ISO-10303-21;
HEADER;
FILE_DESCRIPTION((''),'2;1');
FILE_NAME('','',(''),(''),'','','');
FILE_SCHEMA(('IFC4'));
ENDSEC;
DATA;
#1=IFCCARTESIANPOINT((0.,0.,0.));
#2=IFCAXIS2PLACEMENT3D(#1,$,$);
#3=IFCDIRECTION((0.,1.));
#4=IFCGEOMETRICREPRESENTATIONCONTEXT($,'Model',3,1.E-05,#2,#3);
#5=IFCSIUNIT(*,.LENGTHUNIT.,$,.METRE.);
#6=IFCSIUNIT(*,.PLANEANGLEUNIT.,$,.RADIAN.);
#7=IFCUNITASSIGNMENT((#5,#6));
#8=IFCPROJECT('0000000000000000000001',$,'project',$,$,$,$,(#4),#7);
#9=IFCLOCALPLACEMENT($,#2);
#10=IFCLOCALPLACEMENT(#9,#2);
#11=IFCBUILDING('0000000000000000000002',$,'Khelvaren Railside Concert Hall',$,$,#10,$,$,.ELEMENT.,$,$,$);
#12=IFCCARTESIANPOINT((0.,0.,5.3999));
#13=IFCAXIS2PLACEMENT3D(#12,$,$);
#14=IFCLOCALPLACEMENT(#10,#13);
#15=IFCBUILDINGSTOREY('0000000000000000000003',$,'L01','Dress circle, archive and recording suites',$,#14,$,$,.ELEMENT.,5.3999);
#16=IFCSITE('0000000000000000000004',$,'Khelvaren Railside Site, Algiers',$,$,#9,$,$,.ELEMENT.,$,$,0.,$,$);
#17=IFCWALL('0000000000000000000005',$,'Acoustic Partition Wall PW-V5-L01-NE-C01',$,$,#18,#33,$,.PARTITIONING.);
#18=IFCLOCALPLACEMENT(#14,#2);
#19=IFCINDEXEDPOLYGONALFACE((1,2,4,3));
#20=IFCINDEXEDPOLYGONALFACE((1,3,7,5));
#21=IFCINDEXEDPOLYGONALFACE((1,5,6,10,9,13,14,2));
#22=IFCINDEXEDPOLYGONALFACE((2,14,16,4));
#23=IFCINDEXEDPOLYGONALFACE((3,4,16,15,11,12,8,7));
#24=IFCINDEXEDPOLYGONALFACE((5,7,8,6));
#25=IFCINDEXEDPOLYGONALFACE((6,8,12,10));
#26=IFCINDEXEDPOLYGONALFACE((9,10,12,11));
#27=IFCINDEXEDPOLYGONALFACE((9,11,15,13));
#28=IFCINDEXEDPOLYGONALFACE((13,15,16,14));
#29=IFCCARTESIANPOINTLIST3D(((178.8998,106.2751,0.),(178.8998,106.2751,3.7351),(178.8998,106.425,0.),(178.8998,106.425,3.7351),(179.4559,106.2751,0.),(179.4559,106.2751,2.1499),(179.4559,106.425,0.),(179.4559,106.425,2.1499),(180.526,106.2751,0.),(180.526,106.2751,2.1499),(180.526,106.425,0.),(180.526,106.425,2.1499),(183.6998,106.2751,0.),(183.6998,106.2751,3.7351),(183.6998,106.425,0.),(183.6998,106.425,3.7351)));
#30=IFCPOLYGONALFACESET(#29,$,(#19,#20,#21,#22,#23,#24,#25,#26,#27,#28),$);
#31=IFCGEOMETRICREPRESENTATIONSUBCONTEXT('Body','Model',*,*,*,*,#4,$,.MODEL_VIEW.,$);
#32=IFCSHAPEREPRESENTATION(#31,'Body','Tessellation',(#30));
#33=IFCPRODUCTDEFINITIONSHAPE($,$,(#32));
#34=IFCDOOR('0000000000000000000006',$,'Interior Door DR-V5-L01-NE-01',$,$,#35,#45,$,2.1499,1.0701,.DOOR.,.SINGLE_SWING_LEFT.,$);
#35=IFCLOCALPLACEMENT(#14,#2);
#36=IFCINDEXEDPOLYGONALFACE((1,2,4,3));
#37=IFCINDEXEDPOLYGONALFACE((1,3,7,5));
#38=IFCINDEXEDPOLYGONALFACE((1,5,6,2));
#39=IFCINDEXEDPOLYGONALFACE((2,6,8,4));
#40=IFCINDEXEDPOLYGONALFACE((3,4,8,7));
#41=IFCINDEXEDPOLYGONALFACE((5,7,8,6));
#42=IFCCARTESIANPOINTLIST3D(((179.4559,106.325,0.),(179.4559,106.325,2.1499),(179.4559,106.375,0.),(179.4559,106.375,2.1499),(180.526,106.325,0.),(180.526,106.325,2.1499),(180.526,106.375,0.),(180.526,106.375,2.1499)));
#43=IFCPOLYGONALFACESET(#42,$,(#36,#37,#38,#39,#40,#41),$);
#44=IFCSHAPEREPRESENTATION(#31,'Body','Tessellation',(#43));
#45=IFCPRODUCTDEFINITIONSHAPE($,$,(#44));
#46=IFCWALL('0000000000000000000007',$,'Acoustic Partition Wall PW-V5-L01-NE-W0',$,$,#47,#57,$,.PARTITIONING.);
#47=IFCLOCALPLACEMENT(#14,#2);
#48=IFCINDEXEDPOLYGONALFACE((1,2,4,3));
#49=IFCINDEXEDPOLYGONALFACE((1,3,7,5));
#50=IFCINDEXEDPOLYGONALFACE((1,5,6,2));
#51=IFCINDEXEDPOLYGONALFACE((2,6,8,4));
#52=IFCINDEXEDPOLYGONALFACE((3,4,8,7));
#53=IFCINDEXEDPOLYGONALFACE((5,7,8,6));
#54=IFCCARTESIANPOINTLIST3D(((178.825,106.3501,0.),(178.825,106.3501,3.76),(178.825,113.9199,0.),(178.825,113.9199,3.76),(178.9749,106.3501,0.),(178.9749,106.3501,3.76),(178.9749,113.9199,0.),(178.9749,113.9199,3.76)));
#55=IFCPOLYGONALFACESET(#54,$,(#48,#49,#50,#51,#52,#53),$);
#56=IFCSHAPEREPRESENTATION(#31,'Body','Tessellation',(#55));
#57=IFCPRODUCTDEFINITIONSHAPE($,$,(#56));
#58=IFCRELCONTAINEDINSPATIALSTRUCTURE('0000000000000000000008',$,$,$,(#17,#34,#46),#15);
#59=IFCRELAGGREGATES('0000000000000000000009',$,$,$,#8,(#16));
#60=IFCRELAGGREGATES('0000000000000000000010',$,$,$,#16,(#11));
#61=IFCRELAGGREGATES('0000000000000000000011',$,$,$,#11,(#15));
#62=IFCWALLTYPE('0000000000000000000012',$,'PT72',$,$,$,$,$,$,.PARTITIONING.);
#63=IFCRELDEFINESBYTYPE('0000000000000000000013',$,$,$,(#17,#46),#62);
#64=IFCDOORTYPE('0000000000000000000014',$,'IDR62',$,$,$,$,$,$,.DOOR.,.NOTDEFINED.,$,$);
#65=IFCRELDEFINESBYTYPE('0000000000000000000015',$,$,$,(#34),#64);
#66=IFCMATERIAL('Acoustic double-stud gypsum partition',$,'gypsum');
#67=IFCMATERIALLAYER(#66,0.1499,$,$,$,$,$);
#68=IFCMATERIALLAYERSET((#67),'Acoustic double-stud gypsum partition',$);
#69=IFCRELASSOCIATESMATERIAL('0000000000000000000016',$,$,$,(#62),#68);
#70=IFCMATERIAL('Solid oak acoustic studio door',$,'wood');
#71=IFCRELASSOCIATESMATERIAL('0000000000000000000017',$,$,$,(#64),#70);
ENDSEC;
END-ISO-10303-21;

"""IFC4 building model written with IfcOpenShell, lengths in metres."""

from ifc_helpers import new_model, si_unit, direction, frame, frame_2d, origin, place, context, subcontext, project, spatial, rectangle, extrude, material, layer, layer_set, type_object, element, fill, save


model = new_model("IFC4")

# Units and contexts
model_context = context("Model", 3, precision=1e-05, world=origin(), true_north=direction((0.0, 1.0)))
body_context = subcontext(model_context, "Body", "Model", "MODEL_VIEW")
ifc_project = project(units=[si_unit("LENGTHUNIT", "METRE"), si_unit("PLANEANGLEUNIT", "RADIAN")], contexts=[model_context])

# Site, building, storey
site_placement = place(None, origin())
site = spatial("IfcSite", under=ifc_project, at=site_placement, Name="Khelvaren Railside Site, Algiers", CompositionType="ELEMENT", RefElevation=0.0)
building_placement = place(site_placement, origin())
building = spatial("IfcBuilding", under=site, at=building_placement, Name="Khelvaren Railside Concert Hall", CompositionType="ELEMENT")
storey_placement = place(building_placement, frame((0.0, 0.0, 5.3999)))
storey = spatial("IfcBuildingStorey", under=building, at=storey_placement, Name="L01", Description="Dress circle, archive and recording suites", CompositionType="ELEMENT", Elevation=5.3999)

# Wall, opening, door
ifc_material_1 = material(Name="Acoustic double-stud gypsum partition", Category="gypsum")
ifc_layer_1 = layer(ifc_material_1, 0.1499)
ifc_layer_set_1 = layer_set([ifc_layer_1], Name="Acoustic double-stud gypsum partition")
wall_type = type_object("IfcWallType", Name="PT72", PredefinedType="PARTITIONING", material=ifc_layer_set_1)
ifc_material_2 = material(Name="Solid oak acoustic studio door", Category="wood")
wall_1_placement = place(storey_placement, frame((178.8999, 106.3501, 0.0), z_axis=(0.0, 0.0, 1.0), x_axis=(1.0, 0.0, 0.0)))
wall_1 = element("IfcWall", 1, at=wall_1_placement, inside=storey, type_object=wall_type, Name="Acoustic Partition Wall PW-V5-L01-NE-C01", PredefinedType="PARTITIONING", context=body_context, shape_type="SweptSolid", body=[
    extrude(rectangle(XDim=4.8, YDim=0.1499, at=frame_2d((2.3999, 0.0))), origin(), (0.0, 0.0, 1.0), 3.7351),
])
opening_1_placement = place(wall_1_placement, frame((0.5559, 0.0, 0.0)))
opening_1 = element("IfcOpeningElement", 2, at=opening_1_placement, cuts=wall_1, PredefinedType="OPENING", context=body_context, shape_type="SweptSolid", body=[
    extrude(rectangle(XDim=1.0701, YDim=2.1499, at=frame_2d((0.5352, 1.075))), frame((0.0, 0.085, 0.0), z_axis=(0.0, -1.0, 0.0), x_axis=(1.0, 0.0, 0.0)), (0.0, 0.0, 1.0), 0.1699),
])
door_type_1 = type_object("IfcDoorType", Name="IDR62", OperationType="NOTDEFINED", PredefinedType="DOOR", material=ifc_material_2)
door_1_placement = place(opening_1_placement, origin())
door_1 = element("IfcDoor", 3, at=door_1_placement, inside=storey, type_object=door_type_1, Name="Interior Door DR-V5-L01-NE-01", OperationType="SINGLE_SWING_LEFT", OverallHeight=2.1499, OverallWidth=1.0701, PredefinedType="DOOR", context=body_context, shape_type="SweptSolid", body=[
    extrude(rectangle(XDim=1.0701, YDim=2.1499, at=frame_2d((0.5352, 1.075))), frame((0.0, 0.0249, 0.0), z_axis=(0.0, -1.0, 0.0), x_axis=(1.0, 0.0, 0.0)), (0.0, 0.0, 1.0), 0.05),
])
fill(opening_1, door_1)

# Wall
wall_2_placement = place(storey_placement, frame((178.8999, 106.3501, 0.0), z_axis=(0.0, 0.0, 1.0), x_axis=(0.0, 1.0, 0.0)))
element("IfcWall", 4, at=wall_2_placement, inside=storey, type_object=wall_type, Name="Acoustic Partition Wall PW-V5-L01-NE-W0", PredefinedType="PARTITIONING", context=body_context, shape_type="SweptSolid", body=[
    extrude(rectangle(XDim=7.5698, YDim=0.1499, at=frame_2d((3.7849, 0.0))), origin(), (0.0, 0.0, 1.0), 3.76),
])

save(model, "model.ifc")
